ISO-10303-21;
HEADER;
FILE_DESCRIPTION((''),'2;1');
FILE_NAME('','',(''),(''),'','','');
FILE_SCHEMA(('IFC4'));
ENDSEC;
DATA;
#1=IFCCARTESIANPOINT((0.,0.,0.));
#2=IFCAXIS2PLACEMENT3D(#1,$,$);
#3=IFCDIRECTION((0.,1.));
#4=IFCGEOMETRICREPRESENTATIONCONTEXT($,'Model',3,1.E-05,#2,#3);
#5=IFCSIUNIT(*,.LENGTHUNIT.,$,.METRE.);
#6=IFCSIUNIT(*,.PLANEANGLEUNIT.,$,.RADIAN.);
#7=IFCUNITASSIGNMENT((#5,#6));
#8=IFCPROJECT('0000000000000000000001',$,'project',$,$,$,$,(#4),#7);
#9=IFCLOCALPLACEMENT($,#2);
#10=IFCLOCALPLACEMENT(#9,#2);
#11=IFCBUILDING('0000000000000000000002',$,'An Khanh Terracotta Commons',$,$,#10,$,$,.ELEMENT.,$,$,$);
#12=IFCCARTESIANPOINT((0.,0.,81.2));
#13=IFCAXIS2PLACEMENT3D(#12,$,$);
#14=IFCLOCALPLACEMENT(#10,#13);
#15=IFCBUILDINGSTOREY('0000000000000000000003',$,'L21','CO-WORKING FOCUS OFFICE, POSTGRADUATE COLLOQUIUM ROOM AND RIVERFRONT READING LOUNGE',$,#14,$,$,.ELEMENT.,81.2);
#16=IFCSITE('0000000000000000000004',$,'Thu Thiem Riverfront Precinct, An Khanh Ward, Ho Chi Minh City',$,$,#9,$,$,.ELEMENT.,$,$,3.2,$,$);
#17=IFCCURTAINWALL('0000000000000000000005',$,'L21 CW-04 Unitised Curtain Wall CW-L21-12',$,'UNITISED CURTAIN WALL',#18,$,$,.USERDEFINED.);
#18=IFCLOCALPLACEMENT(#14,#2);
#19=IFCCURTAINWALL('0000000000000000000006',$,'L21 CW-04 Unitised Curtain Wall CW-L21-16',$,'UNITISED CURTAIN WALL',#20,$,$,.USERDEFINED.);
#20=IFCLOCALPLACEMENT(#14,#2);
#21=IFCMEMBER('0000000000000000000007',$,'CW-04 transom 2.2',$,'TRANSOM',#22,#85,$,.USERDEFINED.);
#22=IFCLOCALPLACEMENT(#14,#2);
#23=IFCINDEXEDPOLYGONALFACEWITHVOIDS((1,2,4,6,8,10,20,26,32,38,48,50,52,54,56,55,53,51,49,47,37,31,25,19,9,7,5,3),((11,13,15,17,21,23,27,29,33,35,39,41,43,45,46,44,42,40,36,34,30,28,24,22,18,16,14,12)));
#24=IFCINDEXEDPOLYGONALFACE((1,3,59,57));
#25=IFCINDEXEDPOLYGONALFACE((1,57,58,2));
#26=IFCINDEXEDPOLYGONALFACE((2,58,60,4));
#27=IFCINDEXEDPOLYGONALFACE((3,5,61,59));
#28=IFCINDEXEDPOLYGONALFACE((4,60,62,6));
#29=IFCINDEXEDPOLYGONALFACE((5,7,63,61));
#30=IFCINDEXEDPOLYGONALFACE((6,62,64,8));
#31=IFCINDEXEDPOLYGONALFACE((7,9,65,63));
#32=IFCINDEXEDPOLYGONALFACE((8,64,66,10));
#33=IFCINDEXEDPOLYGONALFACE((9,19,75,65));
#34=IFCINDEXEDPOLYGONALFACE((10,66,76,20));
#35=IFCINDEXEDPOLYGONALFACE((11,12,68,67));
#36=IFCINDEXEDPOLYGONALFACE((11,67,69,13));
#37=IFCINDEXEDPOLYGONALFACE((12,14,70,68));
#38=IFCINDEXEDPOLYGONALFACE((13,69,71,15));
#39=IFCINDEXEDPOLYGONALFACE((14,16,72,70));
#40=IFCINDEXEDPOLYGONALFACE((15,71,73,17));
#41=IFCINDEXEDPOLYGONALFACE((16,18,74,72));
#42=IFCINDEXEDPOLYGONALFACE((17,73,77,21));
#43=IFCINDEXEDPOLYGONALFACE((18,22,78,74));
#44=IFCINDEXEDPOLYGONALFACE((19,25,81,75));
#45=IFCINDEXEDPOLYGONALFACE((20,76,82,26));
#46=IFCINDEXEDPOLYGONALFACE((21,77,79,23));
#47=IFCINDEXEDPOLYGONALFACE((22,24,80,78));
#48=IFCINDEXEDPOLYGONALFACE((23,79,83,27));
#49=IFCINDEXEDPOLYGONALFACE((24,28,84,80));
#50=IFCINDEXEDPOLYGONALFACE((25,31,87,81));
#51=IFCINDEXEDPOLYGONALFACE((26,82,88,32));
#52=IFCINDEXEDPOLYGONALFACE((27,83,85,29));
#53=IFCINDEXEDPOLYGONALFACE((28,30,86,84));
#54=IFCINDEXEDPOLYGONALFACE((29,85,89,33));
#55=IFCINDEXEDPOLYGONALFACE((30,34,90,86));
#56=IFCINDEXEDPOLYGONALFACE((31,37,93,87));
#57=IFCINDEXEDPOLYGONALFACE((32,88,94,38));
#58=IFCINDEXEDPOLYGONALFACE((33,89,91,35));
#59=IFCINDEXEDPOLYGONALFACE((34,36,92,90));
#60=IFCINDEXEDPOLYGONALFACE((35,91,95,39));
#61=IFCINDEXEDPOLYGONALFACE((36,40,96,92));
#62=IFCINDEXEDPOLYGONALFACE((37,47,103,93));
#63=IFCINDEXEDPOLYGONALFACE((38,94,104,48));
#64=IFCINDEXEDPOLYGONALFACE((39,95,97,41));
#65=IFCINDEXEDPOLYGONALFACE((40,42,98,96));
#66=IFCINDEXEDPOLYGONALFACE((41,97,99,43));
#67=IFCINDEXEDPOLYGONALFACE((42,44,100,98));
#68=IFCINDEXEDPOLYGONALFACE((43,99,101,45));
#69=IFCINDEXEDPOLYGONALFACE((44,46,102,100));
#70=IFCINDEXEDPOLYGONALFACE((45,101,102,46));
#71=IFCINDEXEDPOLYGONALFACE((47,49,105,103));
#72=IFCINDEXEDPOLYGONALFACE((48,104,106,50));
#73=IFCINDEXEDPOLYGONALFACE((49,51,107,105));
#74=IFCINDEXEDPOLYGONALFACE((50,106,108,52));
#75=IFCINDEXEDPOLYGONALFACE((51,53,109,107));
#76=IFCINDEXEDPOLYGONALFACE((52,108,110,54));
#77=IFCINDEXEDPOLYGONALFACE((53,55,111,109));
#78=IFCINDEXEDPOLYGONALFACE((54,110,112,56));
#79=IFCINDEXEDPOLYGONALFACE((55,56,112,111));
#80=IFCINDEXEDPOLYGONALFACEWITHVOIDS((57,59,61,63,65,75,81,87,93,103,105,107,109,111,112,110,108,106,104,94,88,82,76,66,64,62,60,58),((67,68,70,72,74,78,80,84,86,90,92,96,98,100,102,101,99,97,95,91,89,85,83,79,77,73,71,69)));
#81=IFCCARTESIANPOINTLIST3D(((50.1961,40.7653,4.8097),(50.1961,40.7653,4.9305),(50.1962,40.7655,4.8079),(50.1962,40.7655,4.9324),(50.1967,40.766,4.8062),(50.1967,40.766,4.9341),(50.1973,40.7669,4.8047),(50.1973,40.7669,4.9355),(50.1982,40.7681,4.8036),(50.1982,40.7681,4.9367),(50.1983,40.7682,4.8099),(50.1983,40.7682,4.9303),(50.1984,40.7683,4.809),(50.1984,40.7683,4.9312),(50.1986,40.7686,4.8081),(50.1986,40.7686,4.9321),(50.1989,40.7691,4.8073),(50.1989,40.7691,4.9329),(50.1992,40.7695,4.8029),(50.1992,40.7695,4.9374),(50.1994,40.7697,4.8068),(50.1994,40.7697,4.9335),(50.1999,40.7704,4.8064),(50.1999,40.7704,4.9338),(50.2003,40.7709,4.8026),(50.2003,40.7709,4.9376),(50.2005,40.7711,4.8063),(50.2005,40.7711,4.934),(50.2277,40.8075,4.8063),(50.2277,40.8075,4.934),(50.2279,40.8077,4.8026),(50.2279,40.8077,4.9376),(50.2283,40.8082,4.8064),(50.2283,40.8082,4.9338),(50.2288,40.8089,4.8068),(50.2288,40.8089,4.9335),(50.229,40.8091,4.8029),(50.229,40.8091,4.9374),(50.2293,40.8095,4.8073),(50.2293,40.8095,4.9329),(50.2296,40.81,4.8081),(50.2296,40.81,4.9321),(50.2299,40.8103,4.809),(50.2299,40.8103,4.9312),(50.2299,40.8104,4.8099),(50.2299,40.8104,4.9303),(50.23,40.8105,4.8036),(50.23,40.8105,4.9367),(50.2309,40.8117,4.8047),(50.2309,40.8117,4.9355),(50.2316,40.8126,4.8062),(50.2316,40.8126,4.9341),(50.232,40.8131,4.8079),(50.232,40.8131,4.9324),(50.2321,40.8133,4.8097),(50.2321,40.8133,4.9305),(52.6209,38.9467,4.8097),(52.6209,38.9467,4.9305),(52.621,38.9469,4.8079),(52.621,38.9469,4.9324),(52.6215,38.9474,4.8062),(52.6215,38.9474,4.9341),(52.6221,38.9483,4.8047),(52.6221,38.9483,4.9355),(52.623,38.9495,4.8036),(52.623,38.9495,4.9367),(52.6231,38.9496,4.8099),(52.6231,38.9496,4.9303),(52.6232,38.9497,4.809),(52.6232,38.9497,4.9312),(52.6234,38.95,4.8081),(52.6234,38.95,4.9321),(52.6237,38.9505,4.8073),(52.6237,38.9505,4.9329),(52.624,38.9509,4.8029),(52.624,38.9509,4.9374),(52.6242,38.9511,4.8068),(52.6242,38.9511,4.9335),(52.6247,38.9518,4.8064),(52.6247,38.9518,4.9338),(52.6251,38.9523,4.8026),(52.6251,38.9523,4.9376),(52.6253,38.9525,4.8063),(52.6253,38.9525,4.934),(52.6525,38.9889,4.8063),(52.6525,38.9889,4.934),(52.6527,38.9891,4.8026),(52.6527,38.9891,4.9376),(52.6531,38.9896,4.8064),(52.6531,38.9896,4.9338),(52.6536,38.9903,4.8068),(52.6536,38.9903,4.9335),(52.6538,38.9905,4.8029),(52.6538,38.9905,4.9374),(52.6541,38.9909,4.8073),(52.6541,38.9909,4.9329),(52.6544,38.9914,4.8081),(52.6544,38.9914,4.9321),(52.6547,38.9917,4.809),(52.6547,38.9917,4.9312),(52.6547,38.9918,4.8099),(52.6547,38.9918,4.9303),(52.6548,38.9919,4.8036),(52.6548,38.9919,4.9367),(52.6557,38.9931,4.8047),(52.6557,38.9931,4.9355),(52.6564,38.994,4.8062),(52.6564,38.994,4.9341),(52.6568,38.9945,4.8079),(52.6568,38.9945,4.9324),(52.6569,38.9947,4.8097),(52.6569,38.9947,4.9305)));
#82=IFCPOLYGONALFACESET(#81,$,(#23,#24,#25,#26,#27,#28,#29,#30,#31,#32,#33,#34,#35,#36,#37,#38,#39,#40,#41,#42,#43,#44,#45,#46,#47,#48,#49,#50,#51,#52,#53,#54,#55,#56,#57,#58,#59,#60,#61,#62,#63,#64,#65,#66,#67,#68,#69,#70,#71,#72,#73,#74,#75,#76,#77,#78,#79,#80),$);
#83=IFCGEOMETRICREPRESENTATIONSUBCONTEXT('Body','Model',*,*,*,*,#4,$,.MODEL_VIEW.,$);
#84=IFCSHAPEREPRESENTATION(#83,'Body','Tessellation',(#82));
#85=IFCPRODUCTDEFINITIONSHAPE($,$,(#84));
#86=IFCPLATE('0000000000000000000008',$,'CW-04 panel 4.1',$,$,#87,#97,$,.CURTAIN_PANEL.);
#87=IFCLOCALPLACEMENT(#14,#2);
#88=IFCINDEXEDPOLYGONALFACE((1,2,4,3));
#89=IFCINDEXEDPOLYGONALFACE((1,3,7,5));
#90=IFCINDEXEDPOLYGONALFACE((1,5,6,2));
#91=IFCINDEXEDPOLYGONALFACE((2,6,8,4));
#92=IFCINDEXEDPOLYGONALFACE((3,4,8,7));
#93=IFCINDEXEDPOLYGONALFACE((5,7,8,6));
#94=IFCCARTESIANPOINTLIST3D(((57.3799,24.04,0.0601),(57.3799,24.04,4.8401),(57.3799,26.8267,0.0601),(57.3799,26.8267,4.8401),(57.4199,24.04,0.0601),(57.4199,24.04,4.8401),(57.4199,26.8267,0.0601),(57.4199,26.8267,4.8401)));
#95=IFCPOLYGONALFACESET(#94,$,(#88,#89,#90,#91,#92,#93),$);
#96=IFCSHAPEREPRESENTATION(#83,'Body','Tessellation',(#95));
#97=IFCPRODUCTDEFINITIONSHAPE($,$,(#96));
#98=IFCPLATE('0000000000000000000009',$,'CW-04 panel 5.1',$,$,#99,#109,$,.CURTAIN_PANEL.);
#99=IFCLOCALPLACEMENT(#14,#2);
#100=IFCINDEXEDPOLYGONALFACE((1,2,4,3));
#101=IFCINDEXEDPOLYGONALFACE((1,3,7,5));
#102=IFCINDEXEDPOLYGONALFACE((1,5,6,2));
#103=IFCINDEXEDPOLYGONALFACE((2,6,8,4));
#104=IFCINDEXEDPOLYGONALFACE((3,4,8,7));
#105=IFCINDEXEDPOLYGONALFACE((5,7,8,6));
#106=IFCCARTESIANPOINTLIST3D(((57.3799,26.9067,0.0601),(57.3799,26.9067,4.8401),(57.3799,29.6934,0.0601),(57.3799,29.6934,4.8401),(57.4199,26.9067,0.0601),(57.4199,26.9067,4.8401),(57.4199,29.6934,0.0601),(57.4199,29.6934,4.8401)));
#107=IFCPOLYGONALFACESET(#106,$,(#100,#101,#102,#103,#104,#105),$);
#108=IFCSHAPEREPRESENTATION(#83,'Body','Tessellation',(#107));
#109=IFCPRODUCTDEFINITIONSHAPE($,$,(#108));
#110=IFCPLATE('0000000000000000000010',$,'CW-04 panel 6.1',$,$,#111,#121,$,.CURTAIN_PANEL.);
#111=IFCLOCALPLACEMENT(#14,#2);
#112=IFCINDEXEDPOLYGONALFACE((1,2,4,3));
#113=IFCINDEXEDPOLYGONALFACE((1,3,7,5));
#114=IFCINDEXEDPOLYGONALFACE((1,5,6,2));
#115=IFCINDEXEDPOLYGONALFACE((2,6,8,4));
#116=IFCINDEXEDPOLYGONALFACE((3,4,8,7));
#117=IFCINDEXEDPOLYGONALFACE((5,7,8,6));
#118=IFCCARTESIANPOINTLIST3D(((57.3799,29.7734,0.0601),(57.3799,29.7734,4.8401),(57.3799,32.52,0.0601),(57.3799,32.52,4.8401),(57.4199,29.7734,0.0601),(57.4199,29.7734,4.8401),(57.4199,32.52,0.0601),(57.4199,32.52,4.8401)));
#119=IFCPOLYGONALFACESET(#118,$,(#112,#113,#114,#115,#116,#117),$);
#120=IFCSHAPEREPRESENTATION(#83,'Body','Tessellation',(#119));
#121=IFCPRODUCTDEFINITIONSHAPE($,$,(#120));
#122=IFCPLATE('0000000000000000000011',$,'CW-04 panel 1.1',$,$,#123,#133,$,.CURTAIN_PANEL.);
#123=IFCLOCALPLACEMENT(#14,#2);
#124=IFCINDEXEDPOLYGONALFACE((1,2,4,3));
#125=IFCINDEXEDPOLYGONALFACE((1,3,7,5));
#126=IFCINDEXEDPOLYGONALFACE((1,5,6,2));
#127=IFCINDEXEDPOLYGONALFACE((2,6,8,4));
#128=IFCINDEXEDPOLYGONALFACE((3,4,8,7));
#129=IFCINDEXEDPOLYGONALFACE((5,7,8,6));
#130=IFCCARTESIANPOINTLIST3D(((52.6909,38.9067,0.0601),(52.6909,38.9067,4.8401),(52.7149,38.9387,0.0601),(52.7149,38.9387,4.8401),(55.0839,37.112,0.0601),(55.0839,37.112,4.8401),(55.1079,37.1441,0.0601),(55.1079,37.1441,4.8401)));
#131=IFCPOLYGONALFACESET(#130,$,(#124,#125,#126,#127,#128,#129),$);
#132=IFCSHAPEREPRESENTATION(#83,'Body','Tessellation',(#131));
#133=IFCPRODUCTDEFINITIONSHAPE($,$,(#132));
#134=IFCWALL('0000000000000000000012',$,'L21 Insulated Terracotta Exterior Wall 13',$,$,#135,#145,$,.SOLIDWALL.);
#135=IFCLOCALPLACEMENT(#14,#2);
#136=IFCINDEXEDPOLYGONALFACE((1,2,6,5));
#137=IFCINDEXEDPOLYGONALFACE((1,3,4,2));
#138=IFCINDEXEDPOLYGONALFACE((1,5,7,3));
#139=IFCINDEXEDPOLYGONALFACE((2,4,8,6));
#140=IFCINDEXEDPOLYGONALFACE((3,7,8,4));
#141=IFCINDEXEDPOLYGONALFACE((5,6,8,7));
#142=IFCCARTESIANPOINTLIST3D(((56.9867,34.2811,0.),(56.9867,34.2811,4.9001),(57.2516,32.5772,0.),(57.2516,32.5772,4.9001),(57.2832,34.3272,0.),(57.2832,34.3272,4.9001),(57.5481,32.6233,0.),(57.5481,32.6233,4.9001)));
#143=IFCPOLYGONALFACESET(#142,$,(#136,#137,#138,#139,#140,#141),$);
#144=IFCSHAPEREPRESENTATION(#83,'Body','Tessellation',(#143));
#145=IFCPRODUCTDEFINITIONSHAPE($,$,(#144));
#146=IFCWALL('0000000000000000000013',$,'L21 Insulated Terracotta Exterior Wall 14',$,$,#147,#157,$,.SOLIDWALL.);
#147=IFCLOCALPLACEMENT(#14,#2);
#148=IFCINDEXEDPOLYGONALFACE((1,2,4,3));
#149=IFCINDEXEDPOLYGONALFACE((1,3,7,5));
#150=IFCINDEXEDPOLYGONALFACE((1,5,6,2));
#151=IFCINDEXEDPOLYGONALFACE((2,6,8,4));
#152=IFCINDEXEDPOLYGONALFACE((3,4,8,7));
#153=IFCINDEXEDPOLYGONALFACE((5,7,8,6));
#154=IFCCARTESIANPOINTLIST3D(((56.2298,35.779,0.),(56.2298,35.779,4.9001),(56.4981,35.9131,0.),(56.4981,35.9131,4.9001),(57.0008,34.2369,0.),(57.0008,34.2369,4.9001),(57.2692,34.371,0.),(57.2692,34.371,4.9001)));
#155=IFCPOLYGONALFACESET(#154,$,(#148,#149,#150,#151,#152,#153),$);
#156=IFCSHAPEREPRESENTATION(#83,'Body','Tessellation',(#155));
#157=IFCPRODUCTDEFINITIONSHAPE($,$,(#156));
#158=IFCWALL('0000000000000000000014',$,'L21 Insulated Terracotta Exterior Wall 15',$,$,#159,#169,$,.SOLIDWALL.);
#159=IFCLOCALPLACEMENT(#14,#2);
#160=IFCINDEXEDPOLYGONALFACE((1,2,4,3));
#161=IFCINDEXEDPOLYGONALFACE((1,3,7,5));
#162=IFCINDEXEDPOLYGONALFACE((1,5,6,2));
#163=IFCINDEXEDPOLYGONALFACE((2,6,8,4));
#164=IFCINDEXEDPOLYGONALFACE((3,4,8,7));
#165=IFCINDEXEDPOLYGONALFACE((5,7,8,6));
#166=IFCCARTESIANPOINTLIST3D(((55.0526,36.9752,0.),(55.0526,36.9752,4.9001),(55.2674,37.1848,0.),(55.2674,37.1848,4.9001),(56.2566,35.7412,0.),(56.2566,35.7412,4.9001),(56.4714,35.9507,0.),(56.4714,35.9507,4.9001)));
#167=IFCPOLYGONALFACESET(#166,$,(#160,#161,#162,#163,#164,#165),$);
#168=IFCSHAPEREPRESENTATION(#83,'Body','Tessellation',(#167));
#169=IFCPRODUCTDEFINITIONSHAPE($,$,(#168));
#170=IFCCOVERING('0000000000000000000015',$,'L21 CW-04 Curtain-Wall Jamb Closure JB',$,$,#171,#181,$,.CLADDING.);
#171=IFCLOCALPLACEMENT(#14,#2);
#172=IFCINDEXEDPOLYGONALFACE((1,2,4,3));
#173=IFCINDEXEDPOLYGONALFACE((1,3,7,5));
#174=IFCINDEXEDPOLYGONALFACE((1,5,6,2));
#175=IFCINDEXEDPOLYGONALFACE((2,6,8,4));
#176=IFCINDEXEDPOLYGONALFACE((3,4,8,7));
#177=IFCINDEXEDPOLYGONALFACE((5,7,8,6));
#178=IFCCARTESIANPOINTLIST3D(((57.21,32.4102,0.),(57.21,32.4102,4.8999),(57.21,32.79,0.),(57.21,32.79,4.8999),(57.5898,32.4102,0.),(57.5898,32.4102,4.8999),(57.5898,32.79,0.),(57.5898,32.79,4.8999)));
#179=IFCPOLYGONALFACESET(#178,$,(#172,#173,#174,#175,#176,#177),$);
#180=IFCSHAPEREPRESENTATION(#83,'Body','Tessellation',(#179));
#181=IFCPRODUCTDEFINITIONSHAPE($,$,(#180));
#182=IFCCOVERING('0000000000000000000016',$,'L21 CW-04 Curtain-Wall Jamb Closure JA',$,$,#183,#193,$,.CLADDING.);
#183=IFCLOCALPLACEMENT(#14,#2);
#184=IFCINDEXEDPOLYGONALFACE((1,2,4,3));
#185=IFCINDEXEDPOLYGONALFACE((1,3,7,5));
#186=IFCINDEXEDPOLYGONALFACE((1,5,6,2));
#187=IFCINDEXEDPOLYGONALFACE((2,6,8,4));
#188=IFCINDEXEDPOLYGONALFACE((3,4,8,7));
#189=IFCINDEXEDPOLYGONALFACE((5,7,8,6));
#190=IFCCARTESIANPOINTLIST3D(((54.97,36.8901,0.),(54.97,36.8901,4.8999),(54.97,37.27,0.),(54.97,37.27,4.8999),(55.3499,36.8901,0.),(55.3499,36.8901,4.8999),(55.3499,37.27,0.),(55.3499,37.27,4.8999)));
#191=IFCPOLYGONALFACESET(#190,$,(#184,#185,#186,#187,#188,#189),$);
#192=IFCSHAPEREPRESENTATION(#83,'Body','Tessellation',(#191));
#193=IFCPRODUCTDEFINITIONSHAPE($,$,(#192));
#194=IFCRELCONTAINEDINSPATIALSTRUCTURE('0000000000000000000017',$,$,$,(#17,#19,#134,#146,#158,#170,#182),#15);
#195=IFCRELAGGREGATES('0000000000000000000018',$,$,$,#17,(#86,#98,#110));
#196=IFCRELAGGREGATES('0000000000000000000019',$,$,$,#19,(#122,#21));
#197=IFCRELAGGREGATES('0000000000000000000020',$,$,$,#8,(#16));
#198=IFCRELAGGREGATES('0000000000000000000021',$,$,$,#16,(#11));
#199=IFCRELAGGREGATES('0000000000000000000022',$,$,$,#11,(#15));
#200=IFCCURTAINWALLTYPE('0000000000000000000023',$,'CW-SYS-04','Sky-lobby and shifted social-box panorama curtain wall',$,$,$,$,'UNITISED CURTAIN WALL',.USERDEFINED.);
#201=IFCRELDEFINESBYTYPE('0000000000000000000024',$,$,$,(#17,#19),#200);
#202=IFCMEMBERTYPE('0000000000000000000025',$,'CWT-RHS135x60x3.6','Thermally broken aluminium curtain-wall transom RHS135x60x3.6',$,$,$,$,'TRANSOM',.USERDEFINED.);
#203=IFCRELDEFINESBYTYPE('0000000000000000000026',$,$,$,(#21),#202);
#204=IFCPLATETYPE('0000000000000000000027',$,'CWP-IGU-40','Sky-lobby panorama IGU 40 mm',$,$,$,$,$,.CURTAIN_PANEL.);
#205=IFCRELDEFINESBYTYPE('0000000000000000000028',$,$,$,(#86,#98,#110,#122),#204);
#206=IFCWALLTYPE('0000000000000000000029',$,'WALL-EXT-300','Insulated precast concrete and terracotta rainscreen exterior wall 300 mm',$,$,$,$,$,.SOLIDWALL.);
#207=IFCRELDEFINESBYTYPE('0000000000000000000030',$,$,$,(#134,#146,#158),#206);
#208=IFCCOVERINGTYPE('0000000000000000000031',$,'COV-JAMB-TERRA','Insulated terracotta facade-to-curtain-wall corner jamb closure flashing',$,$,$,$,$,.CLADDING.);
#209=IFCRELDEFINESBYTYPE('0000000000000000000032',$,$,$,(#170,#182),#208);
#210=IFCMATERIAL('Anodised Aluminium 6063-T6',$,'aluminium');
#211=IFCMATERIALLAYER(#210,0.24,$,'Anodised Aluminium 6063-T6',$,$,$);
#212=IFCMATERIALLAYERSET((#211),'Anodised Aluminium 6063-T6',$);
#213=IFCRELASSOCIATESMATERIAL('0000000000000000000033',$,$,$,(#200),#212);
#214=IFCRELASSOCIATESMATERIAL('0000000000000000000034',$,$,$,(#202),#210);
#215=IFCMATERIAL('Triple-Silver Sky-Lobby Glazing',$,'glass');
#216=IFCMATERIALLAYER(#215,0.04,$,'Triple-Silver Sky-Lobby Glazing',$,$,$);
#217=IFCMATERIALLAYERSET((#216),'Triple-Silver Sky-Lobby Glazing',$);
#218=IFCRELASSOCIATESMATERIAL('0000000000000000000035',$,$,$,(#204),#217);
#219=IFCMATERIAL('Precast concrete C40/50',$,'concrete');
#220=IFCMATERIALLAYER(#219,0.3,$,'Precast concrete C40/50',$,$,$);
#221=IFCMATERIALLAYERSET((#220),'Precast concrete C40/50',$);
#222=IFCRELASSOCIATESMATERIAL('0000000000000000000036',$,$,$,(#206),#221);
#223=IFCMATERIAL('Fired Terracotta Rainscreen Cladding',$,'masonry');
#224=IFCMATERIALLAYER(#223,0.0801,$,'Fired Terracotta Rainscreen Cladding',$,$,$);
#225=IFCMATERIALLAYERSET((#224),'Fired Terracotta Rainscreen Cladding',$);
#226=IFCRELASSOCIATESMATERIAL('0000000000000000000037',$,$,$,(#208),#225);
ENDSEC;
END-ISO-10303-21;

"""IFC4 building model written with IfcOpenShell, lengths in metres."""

from ifc_helpers import new_model, si_unit, direction, frame, frame_2d, origin, origin_2d, place, context, subcontext, project, spatial, rectangle, hollow_rectangle, extrude, material, layer, layer_set, material_profile, profile_set, type_object, element, aggregate, save


model = new_model("IFC4")

# Units and contexts
model_context = context("Model", 3, precision=1e-05, world=origin(), true_north=direction((0.0, 1.0)))
body_context = subcontext(model_context, "Body", "Model", "MODEL_VIEW")
ifc_project = project(units=[si_unit("LENGTHUNIT", "METRE"), si_unit("PLANEANGLEUNIT", "RADIAN")], contexts=[model_context])

# Site, building, storey
site_placement = place(None, origin())
site = spatial("IfcSite", under=ifc_project, at=site_placement, Name="Thu Thiem Riverfront Precinct, An Khanh Ward, Ho Chi Minh City", CompositionType="ELEMENT", RefElevation=3.2)
building_placement = place(site_placement, origin())
building = spatial("IfcBuilding", under=site, at=building_placement, Name="An Khanh Terracotta Commons", CompositionType="ELEMENT")
storey_placement = place(building_placement, frame((0.0, 0.0, 81.2)))
storey = spatial("IfcBuildingStorey", under=building, at=storey_placement, Name="L21", Description="CO-WORKING FOCUS OFFICE, POSTGRADUATE COLLOQUIUM ROOM AND RIVERFRONT READING LOUNGE", CompositionType="ELEMENT", Elevation=81.2)

# Curtain walls
ifc_material_1 = material(Name="Anodised Aluminium 6063-T6", Category="aluminium")
ifc_layer_1 = layer(ifc_material_1, 0.24, Name="Anodised Aluminium 6063-T6")
ifc_layer_set_1 = layer_set([ifc_layer_1], Name="Anodised Aluminium 6063-T6")
curtain_wall_type = type_object("IfcCurtainWallType", Name="CW-SYS-04", Description="Sky-lobby and shifted social-box panorama curtain wall", ElementType="UNITISED CURTAIN WALL", PredefinedType="USERDEFINED", material=ifc_layer_set_1)
curtain_wall_1_placement = place(storey_placement, origin())
curtain_wall_1 = element("IfcCurtainWall", 1, at=curtain_wall_1_placement, inside=storey, type_object=curtain_wall_type, Name="L21 CW-04 Unitised Curtain Wall CW-L21-12", ObjectType="UNITISED CURTAIN WALL", PredefinedType="USERDEFINED")
curtain_wall_2_placement = place(storey_placement, origin())
curtain_wall_2 = element("IfcCurtainWall", 2, at=curtain_wall_2_placement, inside=storey, type_object=curtain_wall_type, Name="L21 CW-04 Unitised Curtain Wall CW-L21-16", ObjectType="UNITISED CURTAIN WALL", PredefinedType="USERDEFINED")

# Member
ifc_material_profile_1 = material_profile(ifc_material_1, hollow_rectangle(XDim=0.0601, YDim=0.135, WallThickness=0.0037, InnerFilletRadius=0.0037, OuterFilletRadius=0.0071, at=origin_2d()), Name="RHS135x60x3.6")
ifc_profile_set_1 = profile_set([ifc_material_profile_1], Name="Anodised Aluminium 6063-T6")
member_type_1 = type_object("IfcMemberType", Name="CWT-RHS135x60x3.6", Description="Thermally broken aluminium curtain-wall transom RHS135x60x3.6", ElementType="TRANSOM", PredefinedType="USERDEFINED", material=ifc_profile_set_1)
member_1_placement = place(storey_placement, frame((52.6389, 38.9707, 4.8701), z_axis=(-0.8, 0.6, 0.0), x_axis=(-0.6, -0.8, 0.0)))
member_1 = element("IfcMember", 3, at=member_1_placement, type_object=member_type_1, Name="CW-04 transom 2.2", ObjectType="TRANSOM", PredefinedType="USERDEFINED", context=body_context, shape_type="SweptSolid", body=[
    extrude(hollow_rectangle(XDim=0.0601, YDim=0.135, WallThickness=0.0037, InnerFilletRadius=0.0037, OuterFilletRadius=0.0071, at=origin_2d()), origin(), (0.0, 0.0, 1.0), 3.031),
])

# Plates
ifc_material_2 = material(Name="Triple-Silver Sky-Lobby Glazing", Category="glass")
ifc_layer_2 = layer(ifc_material_2, 0.04, Name="Triple-Silver Sky-Lobby Glazing")
ifc_layer_set_2 = layer_set([ifc_layer_2], Name="Triple-Silver Sky-Lobby Glazing")
plate_type = type_object("IfcPlateType", Name="CWP-IGU-40", Description="Sky-lobby panorama IGU 40 mm", PredefinedType="CURTAIN_PANEL", material=ifc_layer_set_2)
plate_1_placement = place(storey_placement, frame((57.3999, 25.4333, 0.0601), z_axis=(0.0, 0.0, 1.0), x_axis=(0.0, 1.0, 0.0)))
plate_1 = element("IfcPlate", 4, at=plate_1_placement, type_object=plate_type, Name="CW-04 panel 4.1", PredefinedType="CURTAIN_PANEL", context=body_context, shape_type="SweptSolid", body=[
    extrude(rectangle(XDim=2.7866, YDim=0.04, at=origin_2d()), origin(), (0.0, 0.0, 1.0), 4.78),
])
plate_2_placement = place(storey_placement, frame((57.3999, 28.3, 0.0601), z_axis=(0.0, 0.0, 1.0), x_axis=(0.0, 1.0, 0.0)))
plate_2 = element("IfcPlate", 5, at=plate_2_placement, type_object=plate_type, Name="CW-04 panel 5.1", PredefinedType="CURTAIN_PANEL", context=body_context, shape_type="SweptSolid", body=[
    extrude(rectangle(XDim=2.7866, YDim=0.04, at=origin_2d()), origin(), (0.0, 0.0, 1.0), 4.78),
])
plate_3_placement = place(storey_placement, frame((57.3999, 31.1467, 0.0601), z_axis=(0.0, 0.0, 1.0), x_axis=(0.0, 1.0, 0.0)))
plate_3 = element("IfcPlate", 6, at=plate_3_placement, type_object=plate_type, Name="CW-04 panel 6.1", PredefinedType="CURTAIN_PANEL", context=body_context, shape_type="SweptSolid", body=[
    extrude(rectangle(XDim=2.7466, YDim=0.04, at=origin_2d()), origin(), (0.0, 0.0, 1.0), 4.78),
])
aggregate(curtain_wall_1, [plate_1, plate_2, plate_3])
plate_4_placement = place(storey_placement, frame((53.8994, 38.0254, 0.0601), z_axis=(0.0, 0.0, 1.0), x_axis=(-0.800013, 0.599983, 0.0)))
plate_4 = element("IfcPlate", 7, at=plate_4_placement, type_object=plate_type, Name="CW-04 panel 1.1", PredefinedType="CURTAIN_PANEL", context=body_context, shape_type="SweptSolid", body=[
    extrude(rectangle(XDim=2.9912, YDim=0.04, at=origin_2d()), origin(), (0.0, 0.0, 1.0), 4.78),
])
aggregate(curtain_wall_2, [plate_4, member_1])

# Walls
ifc_material_3 = material(Name="Precast concrete C40/50", Category="concrete")
ifc_layer_3 = layer(ifc_material_3, 0.3, Name="Precast concrete C40/50")
ifc_layer_set_3 = layer_set([ifc_layer_3], Name="Precast concrete C40/50")
wall_type = type_object("IfcWallType", Name="WALL-EXT-300", Description="Insulated precast concrete and terracotta rainscreen exterior wall 300 mm", PredefinedType="SOLIDWALL", material=ifc_layer_set_3)
wall_placement = place(storey_placement, frame((57.3999, 32.6001, 0.0), z_axis=(0.0, 0.0, 1.0), x_axis=(-0.153621, 0.98813, 0.0)))
element("IfcWall", 8, at=wall_placement, inside=storey, type_object=wall_type, Name="L21 Insulated Terracotta Exterior Wall 13", PredefinedType="SOLIDWALL", context=body_context, shape_type="SweptSolid", body=[
    extrude(rectangle(XDim=1.7244, YDim=0.3, at=frame_2d((0.8623, 0.0))), origin(), (0.0, 0.0, 1.0), 4.9001),
])
for number, where, z_axis, x_axis, name in (
    (9, (57.135, 34.304, 0.0), (0.0, 0.0, 1.0), (-0.447214, 0.894427, 0.0), "L21 Insulated Terracotta Exterior Wall 14"),
    (10, (56.364, 35.8459, 0.0), (0.0, 0.0, 1.0), (-0.698345, 0.715761, 0.0), "L21 Insulated Terracotta Exterior Wall 15"),
):
    element("IfcWall", number, at=place(storey_placement, frame(where, z_axis=z_axis, x_axis=x_axis)), inside=storey, type_object=wall_type, Name=name, PredefinedType="SOLIDWALL", context=body_context, shape_type="SweptSolid", body=[
        extrude(rectangle(XDim=1.7241, YDim=0.3, at=frame_2d((0.8621, 0.0))), origin(), (0.0, 0.0, 1.0), 4.9001),
    ])

# Coverings
ifc_material_4 = material(Name="Fired Terracotta Rainscreen Cladding", Category="masonry")
ifc_layer_4 = layer(ifc_material_4, 0.0801, Name="Fired Terracotta Rainscreen Cladding")
ifc_layer_set_4 = layer_set([ifc_layer_4], Name="Fired Terracotta Rainscreen Cladding")
covering_type = type_object("IfcCoveringType", Name="COV-JAMB-TERRA", Description="Insulated terracotta facade-to-curtain-wall corner jamb closure flashing", PredefinedType="CLADDING", material=ifc_layer_set_4)
for number, where, z_axis, x_axis, name in (
    (11, (57.3999, 32.6001, 0.0), (0.0, 0.0, 1.0), (1.0, 0.0, 0.0), "L21 CW-04 Curtain-Wall Jamb Closure JB"),
    (12, (55.1599, 37.0801, 0.0), (0.0, 0.0, 1.0), (1.0, 0.0, 0.0), "L21 CW-04 Curtain-Wall Jamb Closure JA"),
):
    element("IfcCovering", number, at=place(storey_placement, frame(where, z_axis=z_axis, x_axis=x_axis)), inside=storey, type_object=covering_type, Name=name, PredefinedType="CLADDING", context=body_context, shape_type="SweptSolid", body=[
        extrude(rectangle(XDim=0.3799, YDim=0.3799, at=origin_2d()), origin(), (0.0, 0.0, 1.0), 4.8999),
    ])

save(model, "model.ifc")
